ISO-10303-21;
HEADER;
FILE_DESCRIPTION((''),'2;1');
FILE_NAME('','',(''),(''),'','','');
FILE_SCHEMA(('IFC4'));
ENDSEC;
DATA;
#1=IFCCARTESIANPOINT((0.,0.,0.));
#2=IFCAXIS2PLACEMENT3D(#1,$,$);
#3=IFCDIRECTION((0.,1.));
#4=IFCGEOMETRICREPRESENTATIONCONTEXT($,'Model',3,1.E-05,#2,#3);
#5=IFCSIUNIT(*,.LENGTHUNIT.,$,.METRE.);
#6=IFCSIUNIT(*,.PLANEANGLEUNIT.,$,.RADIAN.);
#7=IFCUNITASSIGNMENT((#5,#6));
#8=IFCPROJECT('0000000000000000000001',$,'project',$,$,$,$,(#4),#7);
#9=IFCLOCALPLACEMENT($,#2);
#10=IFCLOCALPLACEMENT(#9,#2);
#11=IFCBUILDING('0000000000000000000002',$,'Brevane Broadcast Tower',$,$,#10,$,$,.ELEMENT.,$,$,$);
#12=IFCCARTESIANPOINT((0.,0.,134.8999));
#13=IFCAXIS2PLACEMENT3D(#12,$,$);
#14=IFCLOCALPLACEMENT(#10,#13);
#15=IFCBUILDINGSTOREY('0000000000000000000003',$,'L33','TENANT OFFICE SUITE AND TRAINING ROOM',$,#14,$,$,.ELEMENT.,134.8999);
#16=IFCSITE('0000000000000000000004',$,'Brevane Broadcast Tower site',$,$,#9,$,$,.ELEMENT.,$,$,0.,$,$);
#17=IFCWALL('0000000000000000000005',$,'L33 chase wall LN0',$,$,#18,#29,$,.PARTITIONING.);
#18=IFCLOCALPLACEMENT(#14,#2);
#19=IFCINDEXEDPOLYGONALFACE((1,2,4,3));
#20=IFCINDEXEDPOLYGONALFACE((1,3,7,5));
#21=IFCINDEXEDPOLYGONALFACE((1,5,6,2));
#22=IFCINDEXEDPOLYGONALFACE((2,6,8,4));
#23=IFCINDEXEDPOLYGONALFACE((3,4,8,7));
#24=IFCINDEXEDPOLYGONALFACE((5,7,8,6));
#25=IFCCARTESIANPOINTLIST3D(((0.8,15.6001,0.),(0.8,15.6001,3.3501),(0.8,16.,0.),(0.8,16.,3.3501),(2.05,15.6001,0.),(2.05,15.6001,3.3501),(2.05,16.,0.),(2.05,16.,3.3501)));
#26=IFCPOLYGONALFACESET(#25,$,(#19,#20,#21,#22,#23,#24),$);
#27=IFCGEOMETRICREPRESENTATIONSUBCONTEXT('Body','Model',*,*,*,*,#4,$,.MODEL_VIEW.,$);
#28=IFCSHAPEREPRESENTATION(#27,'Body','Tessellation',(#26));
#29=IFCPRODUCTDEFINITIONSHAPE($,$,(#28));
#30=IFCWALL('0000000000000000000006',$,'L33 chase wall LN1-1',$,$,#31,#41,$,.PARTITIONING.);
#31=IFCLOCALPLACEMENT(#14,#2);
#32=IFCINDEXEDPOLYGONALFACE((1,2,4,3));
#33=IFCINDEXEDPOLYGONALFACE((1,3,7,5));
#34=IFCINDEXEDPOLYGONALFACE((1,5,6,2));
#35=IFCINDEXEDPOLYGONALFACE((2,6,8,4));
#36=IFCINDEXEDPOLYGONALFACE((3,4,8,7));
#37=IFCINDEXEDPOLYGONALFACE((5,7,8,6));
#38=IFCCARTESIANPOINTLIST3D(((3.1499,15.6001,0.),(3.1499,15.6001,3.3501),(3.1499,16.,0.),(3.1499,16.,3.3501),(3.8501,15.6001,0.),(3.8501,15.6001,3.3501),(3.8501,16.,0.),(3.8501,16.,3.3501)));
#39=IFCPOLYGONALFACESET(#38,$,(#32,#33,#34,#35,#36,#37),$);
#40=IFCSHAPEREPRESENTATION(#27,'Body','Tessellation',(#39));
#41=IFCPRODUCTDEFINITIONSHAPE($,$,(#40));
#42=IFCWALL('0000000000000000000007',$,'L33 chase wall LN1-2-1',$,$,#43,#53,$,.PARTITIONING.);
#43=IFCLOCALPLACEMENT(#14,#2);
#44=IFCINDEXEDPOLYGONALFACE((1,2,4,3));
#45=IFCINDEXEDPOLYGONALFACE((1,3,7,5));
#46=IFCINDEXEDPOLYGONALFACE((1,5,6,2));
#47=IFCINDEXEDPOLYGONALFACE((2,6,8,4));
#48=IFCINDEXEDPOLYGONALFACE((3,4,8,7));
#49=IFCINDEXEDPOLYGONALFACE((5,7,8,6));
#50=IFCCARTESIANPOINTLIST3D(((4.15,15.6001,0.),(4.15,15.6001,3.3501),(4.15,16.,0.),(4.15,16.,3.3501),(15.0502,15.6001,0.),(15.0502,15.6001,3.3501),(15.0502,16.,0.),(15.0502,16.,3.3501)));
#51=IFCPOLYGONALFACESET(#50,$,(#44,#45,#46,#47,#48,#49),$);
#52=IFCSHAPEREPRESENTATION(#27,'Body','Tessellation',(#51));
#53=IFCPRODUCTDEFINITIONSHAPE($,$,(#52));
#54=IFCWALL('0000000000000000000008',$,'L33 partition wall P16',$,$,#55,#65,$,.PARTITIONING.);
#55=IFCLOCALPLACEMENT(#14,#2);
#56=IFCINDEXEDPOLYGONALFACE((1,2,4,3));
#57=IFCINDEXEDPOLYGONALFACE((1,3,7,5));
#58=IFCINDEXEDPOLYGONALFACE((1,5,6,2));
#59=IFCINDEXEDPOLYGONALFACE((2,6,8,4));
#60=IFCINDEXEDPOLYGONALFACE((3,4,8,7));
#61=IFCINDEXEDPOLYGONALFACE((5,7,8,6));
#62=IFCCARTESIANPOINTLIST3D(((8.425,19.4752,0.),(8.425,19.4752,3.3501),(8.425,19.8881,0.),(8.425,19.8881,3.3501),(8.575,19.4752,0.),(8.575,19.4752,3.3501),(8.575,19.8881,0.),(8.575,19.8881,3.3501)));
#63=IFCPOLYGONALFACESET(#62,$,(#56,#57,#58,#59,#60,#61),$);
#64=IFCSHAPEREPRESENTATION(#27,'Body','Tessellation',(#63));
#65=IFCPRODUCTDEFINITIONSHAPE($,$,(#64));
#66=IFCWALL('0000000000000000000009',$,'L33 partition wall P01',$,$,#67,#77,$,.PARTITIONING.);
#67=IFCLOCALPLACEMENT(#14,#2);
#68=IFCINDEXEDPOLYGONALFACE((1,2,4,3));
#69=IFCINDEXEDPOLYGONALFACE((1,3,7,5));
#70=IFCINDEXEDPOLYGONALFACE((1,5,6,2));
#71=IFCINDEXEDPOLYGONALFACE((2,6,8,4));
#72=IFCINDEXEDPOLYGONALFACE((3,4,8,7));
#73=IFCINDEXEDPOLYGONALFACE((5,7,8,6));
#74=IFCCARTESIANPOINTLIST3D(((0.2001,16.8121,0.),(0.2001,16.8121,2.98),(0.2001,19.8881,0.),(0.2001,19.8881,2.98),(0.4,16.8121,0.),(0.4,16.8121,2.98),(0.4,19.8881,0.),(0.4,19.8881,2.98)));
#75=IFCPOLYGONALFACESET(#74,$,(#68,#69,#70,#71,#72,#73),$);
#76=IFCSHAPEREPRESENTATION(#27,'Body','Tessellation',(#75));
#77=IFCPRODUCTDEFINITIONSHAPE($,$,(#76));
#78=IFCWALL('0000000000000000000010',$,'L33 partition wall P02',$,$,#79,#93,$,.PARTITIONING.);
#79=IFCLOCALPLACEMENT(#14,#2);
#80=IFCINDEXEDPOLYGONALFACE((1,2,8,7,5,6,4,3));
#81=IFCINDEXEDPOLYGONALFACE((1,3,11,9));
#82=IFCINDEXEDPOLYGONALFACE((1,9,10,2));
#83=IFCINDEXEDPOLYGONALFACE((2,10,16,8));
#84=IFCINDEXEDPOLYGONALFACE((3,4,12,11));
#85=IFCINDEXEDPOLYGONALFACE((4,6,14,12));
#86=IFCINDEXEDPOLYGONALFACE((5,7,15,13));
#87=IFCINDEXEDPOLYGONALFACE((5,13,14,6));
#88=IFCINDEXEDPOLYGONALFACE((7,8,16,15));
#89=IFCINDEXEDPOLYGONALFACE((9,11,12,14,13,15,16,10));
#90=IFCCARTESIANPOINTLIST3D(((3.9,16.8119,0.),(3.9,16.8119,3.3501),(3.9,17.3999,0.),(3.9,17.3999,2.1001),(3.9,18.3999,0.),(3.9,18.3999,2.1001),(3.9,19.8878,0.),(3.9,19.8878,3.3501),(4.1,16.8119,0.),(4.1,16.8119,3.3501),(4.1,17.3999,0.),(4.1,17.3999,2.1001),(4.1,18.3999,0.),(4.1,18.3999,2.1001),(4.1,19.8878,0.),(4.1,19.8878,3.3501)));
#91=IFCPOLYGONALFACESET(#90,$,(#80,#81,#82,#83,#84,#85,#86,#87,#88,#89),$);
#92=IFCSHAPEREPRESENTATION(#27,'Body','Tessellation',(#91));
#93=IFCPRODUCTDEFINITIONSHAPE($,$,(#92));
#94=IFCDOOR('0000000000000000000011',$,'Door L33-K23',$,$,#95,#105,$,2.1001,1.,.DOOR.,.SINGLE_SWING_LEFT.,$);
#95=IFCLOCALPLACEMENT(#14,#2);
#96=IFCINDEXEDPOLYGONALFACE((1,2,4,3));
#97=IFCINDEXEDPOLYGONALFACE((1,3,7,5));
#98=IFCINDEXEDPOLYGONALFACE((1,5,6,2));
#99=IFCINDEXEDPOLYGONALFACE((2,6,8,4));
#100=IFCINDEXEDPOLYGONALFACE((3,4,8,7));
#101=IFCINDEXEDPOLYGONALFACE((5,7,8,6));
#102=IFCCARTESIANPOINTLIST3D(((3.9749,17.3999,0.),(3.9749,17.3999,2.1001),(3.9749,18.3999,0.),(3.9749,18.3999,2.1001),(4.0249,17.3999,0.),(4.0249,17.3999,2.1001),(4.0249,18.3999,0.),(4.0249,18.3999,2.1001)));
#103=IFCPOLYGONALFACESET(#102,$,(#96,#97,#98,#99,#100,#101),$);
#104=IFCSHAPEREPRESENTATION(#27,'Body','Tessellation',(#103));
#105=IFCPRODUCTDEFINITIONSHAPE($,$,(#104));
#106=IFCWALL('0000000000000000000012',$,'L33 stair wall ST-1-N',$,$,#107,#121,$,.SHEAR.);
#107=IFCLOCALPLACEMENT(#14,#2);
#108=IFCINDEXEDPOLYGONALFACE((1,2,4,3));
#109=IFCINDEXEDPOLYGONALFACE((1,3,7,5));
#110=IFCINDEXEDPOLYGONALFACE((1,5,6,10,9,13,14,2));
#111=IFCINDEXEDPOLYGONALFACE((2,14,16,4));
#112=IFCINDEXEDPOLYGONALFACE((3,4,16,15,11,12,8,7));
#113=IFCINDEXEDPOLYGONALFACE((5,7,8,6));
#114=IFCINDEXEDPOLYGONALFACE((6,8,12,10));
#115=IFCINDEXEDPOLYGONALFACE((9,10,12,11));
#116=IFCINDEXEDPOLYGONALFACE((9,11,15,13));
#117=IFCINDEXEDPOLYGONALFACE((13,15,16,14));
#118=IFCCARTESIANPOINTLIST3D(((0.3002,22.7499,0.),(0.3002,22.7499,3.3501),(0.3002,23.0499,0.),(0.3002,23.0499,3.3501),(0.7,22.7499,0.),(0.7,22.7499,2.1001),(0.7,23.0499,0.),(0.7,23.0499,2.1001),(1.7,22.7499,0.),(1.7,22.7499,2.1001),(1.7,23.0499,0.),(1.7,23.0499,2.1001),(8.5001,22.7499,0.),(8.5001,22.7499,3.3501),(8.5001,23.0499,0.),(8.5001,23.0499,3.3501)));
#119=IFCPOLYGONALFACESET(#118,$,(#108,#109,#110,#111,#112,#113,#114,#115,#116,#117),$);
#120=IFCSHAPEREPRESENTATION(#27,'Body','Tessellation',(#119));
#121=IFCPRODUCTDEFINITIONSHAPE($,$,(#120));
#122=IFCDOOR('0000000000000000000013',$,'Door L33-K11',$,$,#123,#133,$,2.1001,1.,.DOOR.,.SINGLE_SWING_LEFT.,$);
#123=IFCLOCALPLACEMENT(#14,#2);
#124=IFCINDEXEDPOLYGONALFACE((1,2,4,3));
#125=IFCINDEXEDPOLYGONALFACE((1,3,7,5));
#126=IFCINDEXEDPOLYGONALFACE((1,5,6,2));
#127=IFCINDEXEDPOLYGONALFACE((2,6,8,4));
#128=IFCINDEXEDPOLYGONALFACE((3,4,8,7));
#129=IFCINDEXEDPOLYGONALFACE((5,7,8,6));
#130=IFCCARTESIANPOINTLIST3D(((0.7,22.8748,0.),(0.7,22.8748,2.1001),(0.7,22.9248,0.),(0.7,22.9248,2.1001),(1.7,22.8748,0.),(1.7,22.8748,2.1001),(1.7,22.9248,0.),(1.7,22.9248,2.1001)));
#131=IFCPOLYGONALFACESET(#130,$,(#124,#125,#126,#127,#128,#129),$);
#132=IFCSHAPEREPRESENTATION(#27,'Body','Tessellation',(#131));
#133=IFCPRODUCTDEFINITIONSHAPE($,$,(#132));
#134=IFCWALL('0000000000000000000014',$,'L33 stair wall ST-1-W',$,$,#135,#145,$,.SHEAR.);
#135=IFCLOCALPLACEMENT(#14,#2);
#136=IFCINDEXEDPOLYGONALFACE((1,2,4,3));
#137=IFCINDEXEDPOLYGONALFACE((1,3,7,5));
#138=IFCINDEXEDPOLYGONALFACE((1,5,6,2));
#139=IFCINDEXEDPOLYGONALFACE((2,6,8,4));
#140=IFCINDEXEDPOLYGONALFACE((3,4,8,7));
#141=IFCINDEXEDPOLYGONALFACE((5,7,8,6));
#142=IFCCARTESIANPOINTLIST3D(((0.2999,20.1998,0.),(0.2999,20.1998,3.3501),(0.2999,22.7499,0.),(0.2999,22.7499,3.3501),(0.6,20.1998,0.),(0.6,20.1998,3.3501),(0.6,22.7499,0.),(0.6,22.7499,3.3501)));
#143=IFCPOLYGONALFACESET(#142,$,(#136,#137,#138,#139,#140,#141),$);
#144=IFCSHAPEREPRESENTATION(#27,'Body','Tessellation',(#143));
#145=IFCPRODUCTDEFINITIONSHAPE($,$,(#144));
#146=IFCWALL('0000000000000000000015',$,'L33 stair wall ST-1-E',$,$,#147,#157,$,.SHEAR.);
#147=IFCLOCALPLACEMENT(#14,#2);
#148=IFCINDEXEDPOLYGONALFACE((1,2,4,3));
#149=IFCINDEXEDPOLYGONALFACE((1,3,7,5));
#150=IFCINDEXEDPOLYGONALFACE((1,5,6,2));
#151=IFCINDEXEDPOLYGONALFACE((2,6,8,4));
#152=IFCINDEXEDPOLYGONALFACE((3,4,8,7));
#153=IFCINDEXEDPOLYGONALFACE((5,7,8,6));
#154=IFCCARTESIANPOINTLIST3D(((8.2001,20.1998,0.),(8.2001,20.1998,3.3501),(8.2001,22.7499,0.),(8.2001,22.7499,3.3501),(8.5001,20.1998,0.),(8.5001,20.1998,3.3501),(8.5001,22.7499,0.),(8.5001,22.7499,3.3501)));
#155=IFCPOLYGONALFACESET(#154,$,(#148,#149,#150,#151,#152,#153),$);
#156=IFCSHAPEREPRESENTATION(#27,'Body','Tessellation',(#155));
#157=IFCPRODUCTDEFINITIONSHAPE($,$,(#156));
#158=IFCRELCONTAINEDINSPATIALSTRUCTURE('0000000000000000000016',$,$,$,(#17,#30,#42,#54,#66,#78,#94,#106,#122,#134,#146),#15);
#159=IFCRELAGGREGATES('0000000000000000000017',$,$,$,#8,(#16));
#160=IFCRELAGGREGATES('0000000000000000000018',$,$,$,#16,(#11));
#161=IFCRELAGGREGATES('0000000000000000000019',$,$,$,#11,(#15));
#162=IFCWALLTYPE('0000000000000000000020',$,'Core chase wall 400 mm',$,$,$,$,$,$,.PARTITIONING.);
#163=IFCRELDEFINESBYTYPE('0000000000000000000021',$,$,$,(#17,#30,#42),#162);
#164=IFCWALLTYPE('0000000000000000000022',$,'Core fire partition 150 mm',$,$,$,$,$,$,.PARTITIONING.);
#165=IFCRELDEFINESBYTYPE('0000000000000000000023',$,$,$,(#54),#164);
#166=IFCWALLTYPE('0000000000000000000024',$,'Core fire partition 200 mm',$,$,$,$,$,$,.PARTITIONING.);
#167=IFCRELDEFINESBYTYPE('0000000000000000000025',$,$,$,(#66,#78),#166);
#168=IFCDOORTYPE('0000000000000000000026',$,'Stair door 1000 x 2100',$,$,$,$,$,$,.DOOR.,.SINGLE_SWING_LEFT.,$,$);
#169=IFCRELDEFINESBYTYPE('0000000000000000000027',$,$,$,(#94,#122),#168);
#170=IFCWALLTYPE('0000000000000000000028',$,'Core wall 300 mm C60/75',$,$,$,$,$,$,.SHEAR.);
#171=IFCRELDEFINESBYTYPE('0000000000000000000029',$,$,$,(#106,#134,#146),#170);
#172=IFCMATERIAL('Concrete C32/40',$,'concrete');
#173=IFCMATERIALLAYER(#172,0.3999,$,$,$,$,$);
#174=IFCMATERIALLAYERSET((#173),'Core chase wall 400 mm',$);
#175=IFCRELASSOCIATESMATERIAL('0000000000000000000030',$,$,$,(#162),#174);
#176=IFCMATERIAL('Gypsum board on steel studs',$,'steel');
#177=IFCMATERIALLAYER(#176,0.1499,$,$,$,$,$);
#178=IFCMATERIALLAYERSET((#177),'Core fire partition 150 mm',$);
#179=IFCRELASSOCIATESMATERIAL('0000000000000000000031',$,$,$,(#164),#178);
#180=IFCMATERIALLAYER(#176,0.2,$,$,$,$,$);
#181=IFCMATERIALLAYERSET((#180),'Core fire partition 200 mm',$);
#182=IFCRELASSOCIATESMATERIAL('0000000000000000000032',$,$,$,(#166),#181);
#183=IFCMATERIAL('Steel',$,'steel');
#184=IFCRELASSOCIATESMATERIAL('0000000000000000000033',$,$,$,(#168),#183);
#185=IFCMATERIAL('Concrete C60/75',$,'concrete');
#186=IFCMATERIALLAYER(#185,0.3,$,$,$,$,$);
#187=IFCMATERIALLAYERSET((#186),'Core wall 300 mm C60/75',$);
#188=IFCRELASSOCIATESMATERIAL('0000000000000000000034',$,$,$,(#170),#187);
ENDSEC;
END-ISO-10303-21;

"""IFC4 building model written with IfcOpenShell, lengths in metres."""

from ifc_helpers import new_model, si_unit, direction, frame, frame_2d, origin, place, context, subcontext, project, spatial, rectangle, extrude, material, layer, layer_set, type_object, element, fill, save


model = new_model("IFC4")

# Units and contexts
model_context = context("Model", 3, precision=1e-05, world=origin(), true_north=direction((0.0, 1.0)))
body_context = subcontext(model_context, "Body", "Model", "MODEL_VIEW")
ifc_project = project(units=[si_unit("LENGTHUNIT", "METRE"), si_unit("PLANEANGLEUNIT", "RADIAN")], contexts=[model_context])

# Site, building, storey
site_placement = place(None, origin())
site = spatial("IfcSite", under=ifc_project, at=site_placement, Name="Brevane Broadcast Tower site", CompositionType="ELEMENT", RefElevation=0.0)
building_placement = place(site_placement, origin())
building = spatial("IfcBuilding", under=site, at=building_placement, Name="Brevane Broadcast Tower", CompositionType="ELEMENT")
storey_placement = place(building_placement, frame((0.0, 0.0, 134.8999)))
storey = spatial("IfcBuildingStorey", under=building, at=storey_placement, Name="L33", Description="TENANT OFFICE SUITE AND TRAINING ROOM", CompositionType="ELEMENT", Elevation=134.8999)

# Shared definitions
ifc_material_1 = material(Name="Concrete C60/75", Category="concrete")

# Walls
ifc_material_2 = material(Name="Concrete C32/40", Category="concrete")
ifc_layer_1 = layer(ifc_material_2, 0.3999)
ifc_layer_set_1 = layer_set([ifc_layer_1], Name="Core chase wall 400 mm")
wall_type_1 = type_object("IfcWallType", Name="Core chase wall 400 mm", PredefinedType="PARTITIONING", material=ifc_layer_set_1)
wall_1_placement = place(storey_placement, frame((0.8, 15.8, 0.0), z_axis=(0.0, 0.0, 1.0), x_axis=(1.0, 0.0, 0.0)))
element("IfcWall", 1, at=wall_1_placement, inside=storey, type_object=wall_type_1, Name="L33 chase wall LN0", PredefinedType="PARTITIONING", context=body_context, shape_type="SweptSolid", body=[
    extrude(rectangle(XDim=1.25, YDim=0.3999, at=frame_2d((0.625, 0.0))), origin(), (0.0, 0.0, 1.0), 3.3501),
])
wall_2_placement = place(storey_placement, frame((3.1499, 15.8, 0.0), z_axis=(0.0, 0.0, 1.0), x_axis=(1.0, 0.0, 0.0)))
element("IfcWall", 2, at=wall_2_placement, inside=storey, type_object=wall_type_1, Name="L33 chase wall LN1-1", PredefinedType="PARTITIONING", context=body_context, shape_type="SweptSolid", body=[
    extrude(rectangle(XDim=0.7002, YDim=0.3999, at=frame_2d((0.3501, 0.0))), origin(), (0.0, 0.0, 1.0), 3.3501),
])
wall_3_placement = place(storey_placement, frame((4.1499, 15.8, 0.0), z_axis=(0.0, 0.0, 1.0), x_axis=(1.0, 0.0, 0.0)))
element("IfcWall", 3, at=wall_3_placement, inside=storey, type_object=wall_type_1, Name="L33 chase wall LN1-2-1", PredefinedType="PARTITIONING", context=body_context, shape_type="SweptSolid", body=[
    extrude(rectangle(XDim=10.9001, YDim=0.3999, at=frame_2d((5.4502, 0.0))), origin(), (0.0, 0.0, 1.0), 3.3501),
])
ifc_material_3 = material(Name="Gypsum board on steel studs", Category="steel")
ifc_layer_2 = layer(ifc_material_3, 0.1499)
ifc_layer_set_2 = layer_set([ifc_layer_2], Name="Core fire partition 150 mm")
wall_type_2 = type_object("IfcWallType", Name="Core fire partition 150 mm", PredefinedType="PARTITIONING", material=ifc_layer_set_2)
wall_4_placement = place(storey_placement, frame((8.5, 19.4751, 0.0), z_axis=(0.0, 0.0, 1.0), x_axis=(0.0, 1.0, 0.0)))
element("IfcWall", 4, at=wall_4_placement, inside=storey, type_object=wall_type_2, Name="L33 partition wall P16", PredefinedType="PARTITIONING", context=body_context, shape_type="SweptSolid", body=[
    extrude(rectangle(XDim=0.4128, YDim=0.1499, at=frame_2d((0.2065, 0.0))), origin(), (0.0, 0.0, 1.0), 3.3501),
])
ifc_layer_3 = layer(ifc_material_3, 0.2)
ifc_layer_set_3 = layer_set([ifc_layer_3], Name="Core fire partition 200 mm")
wall_type_3 = type_object("IfcWallType", Name="Core fire partition 200 mm", PredefinedType="PARTITIONING", material=ifc_layer_set_3)
wall_5_placement = place(storey_placement, frame((0.3, 16.812, 0.0), z_axis=(0.0, 0.0, 1.0), x_axis=(0.0, 1.0, 0.0)))
element("IfcWall", 5, at=wall_5_placement, inside=storey, type_object=wall_type_3, Name="L33 partition wall P01", PredefinedType="PARTITIONING", context=body_context, shape_type="SweptSolid", body=[
    extrude(rectangle(XDim=3.0759, YDim=0.2, at=frame_2d((1.5381, 0.0))), origin(), (0.0, 0.0, 1.0), 2.98),
])

# Walls, openings, doors
wall_6_placement = place(storey_placement, frame((4.0, 19.8879, 0.0), z_axis=(0.0, 0.0, 1.0), x_axis=(0.0, -1.0, 0.0)))
wall_6 = element("IfcWall", 6, at=wall_6_placement, inside=storey, type_object=wall_type_3, Name="L33 partition wall P02", PredefinedType="PARTITIONING", context=body_context, shape_type="SweptSolid", body=[
    extrude(rectangle(XDim=3.0759, YDim=0.2, at=frame_2d((1.5381, 0.0))), origin(), (0.0, 0.0, 1.0), 3.3501),
])
opening_1_placement = place(wall_6_placement, frame((1.488, 0.0, 0.0)))
opening_1 = element("IfcOpeningElement", 7, at=opening_1_placement, cuts=wall_6, PredefinedType="OPENING", context=body_context, shape_type="SweptSolid", body=[
    extrude(rectangle(XDim=1.0, YDim=2.1001, at=frame_2d((0.5, 1.05))), frame((0.0, 0.1099, 0.0), z_axis=(0.0, -1.0, 0.0), x_axis=(1.0, 0.0, 0.0)), (0.0, 0.0, 1.0), 0.22),
])
ifc_material_4 = material(Name="Steel", Category="steel")
door_type_1 = type_object("IfcDoorType", Name="Stair door 1000 x 2100", OperationType="SINGLE_SWING_LEFT", PredefinedType="DOOR", material=ifc_material_4)
door_1_placement = place(opening_1_placement, origin())
door_1 = element("IfcDoor", 8, at=door_1_placement, inside=storey, type_object=door_type_1, Name="Door L33-K23", OperationType="SINGLE_SWING_LEFT", OverallHeight=2.1001, OverallWidth=1.0, PredefinedType="DOOR", context=body_context, shape_type="SweptSolid", body=[
    extrude(rectangle(XDim=1.0, YDim=2.1001, at=frame_2d((0.5, 1.05))), frame((0.0, 0.0249, 0.0), z_axis=(0.0, -1.0, 0.0), x_axis=(1.0, 0.0, 0.0)), (0.0, 0.0, 1.0), 0.05),
])
fill(opening_1, door_1)
ifc_layer_4 = layer(ifc_material_1, 0.3)
ifc_layer_set_4 = layer_set([ifc_layer_4], Name="Core wall 300 mm C60/75")
wall_type_4 = type_object("IfcWallType", Name="Core wall 300 mm C60/75", PredefinedType="SHEAR", material=ifc_layer_set_4)
wall_7_placement = place(storey_placement, frame((0.3, 22.8999, 0.0), z_axis=(0.0, 0.0, 1.0), x_axis=(1.0, 0.0, 0.0)))
wall_7 = element("IfcWall", 9, at=wall_7_placement, inside=storey, type_object=wall_type_4, Name="L33 stair wall ST-1-N", PredefinedType="SHEAR", context=body_context, shape_type="SweptSolid", body=[
    extrude(rectangle(XDim=8.2, YDim=0.3, at=frame_2d((4.1001, 0.0))), origin(), (0.0, 0.0, 1.0), 3.3501),
])
opening_2_placement = place(wall_7_placement, frame((0.3999, 0.0, 0.0)))
opening_2 = element("IfcOpeningElement", 10, at=opening_2_placement, cuts=wall_7, PredefinedType="OPENING", context=body_context, shape_type="SweptSolid", body=[
    extrude(rectangle(XDim=1.0, YDim=2.1001, at=frame_2d((0.5, 1.05))), frame((0.0, 0.1599, 0.0), z_axis=(0.0, -1.0, 0.0), x_axis=(1.0, 0.0, 0.0)), (0.0, 0.0, 1.0), 0.3201),
])
door_2_placement = place(opening_2_placement, origin())
door_2 = element("IfcDoor", 11, at=door_2_placement, inside=storey, type_object=door_type_1, Name="Door L33-K11", OperationType="SINGLE_SWING_LEFT", OverallHeight=2.1001, OverallWidth=1.0, PredefinedType="DOOR", context=body_context, shape_type="SweptSolid", body=[
    extrude(rectangle(XDim=1.0, YDim=2.1001, at=frame_2d((0.5, 1.05))), frame((0.0, 0.0249, 0.0), z_axis=(0.0, -1.0, 0.0), x_axis=(1.0, 0.0, 0.0)), (0.0, 0.0, 1.0), 0.05),
])
fill(opening_2, door_2)

# Walls
for number, where, z_axis, x_axis, name in (
    (12, (0.45, 20.2, 0.0), (0.0, 0.0, 1.0), (0.0, 1.0, 0.0), "L33 stair wall ST-1-W"),
    (13, (8.3501, 20.2, 0.0), (0.0, 0.0, 1.0), (0.0, 1.0, 0.0), "L33 stair wall ST-1-E"),
):
    element("IfcWall", number, at=place(storey_placement, frame(where, z_axis=z_axis, x_axis=x_axis)), inside=storey, type_object=wall_type_4, Name=name, PredefinedType="SHEAR", context=body_context, shape_type="SweptSolid", body=[
        extrude(rectangle(XDim=2.55, YDim=0.3, at=frame_2d((1.2749, 0.0))), origin(), (0.0, 0.0, 1.0), 3.3501),
    ])

save(model, "model.ifc")
